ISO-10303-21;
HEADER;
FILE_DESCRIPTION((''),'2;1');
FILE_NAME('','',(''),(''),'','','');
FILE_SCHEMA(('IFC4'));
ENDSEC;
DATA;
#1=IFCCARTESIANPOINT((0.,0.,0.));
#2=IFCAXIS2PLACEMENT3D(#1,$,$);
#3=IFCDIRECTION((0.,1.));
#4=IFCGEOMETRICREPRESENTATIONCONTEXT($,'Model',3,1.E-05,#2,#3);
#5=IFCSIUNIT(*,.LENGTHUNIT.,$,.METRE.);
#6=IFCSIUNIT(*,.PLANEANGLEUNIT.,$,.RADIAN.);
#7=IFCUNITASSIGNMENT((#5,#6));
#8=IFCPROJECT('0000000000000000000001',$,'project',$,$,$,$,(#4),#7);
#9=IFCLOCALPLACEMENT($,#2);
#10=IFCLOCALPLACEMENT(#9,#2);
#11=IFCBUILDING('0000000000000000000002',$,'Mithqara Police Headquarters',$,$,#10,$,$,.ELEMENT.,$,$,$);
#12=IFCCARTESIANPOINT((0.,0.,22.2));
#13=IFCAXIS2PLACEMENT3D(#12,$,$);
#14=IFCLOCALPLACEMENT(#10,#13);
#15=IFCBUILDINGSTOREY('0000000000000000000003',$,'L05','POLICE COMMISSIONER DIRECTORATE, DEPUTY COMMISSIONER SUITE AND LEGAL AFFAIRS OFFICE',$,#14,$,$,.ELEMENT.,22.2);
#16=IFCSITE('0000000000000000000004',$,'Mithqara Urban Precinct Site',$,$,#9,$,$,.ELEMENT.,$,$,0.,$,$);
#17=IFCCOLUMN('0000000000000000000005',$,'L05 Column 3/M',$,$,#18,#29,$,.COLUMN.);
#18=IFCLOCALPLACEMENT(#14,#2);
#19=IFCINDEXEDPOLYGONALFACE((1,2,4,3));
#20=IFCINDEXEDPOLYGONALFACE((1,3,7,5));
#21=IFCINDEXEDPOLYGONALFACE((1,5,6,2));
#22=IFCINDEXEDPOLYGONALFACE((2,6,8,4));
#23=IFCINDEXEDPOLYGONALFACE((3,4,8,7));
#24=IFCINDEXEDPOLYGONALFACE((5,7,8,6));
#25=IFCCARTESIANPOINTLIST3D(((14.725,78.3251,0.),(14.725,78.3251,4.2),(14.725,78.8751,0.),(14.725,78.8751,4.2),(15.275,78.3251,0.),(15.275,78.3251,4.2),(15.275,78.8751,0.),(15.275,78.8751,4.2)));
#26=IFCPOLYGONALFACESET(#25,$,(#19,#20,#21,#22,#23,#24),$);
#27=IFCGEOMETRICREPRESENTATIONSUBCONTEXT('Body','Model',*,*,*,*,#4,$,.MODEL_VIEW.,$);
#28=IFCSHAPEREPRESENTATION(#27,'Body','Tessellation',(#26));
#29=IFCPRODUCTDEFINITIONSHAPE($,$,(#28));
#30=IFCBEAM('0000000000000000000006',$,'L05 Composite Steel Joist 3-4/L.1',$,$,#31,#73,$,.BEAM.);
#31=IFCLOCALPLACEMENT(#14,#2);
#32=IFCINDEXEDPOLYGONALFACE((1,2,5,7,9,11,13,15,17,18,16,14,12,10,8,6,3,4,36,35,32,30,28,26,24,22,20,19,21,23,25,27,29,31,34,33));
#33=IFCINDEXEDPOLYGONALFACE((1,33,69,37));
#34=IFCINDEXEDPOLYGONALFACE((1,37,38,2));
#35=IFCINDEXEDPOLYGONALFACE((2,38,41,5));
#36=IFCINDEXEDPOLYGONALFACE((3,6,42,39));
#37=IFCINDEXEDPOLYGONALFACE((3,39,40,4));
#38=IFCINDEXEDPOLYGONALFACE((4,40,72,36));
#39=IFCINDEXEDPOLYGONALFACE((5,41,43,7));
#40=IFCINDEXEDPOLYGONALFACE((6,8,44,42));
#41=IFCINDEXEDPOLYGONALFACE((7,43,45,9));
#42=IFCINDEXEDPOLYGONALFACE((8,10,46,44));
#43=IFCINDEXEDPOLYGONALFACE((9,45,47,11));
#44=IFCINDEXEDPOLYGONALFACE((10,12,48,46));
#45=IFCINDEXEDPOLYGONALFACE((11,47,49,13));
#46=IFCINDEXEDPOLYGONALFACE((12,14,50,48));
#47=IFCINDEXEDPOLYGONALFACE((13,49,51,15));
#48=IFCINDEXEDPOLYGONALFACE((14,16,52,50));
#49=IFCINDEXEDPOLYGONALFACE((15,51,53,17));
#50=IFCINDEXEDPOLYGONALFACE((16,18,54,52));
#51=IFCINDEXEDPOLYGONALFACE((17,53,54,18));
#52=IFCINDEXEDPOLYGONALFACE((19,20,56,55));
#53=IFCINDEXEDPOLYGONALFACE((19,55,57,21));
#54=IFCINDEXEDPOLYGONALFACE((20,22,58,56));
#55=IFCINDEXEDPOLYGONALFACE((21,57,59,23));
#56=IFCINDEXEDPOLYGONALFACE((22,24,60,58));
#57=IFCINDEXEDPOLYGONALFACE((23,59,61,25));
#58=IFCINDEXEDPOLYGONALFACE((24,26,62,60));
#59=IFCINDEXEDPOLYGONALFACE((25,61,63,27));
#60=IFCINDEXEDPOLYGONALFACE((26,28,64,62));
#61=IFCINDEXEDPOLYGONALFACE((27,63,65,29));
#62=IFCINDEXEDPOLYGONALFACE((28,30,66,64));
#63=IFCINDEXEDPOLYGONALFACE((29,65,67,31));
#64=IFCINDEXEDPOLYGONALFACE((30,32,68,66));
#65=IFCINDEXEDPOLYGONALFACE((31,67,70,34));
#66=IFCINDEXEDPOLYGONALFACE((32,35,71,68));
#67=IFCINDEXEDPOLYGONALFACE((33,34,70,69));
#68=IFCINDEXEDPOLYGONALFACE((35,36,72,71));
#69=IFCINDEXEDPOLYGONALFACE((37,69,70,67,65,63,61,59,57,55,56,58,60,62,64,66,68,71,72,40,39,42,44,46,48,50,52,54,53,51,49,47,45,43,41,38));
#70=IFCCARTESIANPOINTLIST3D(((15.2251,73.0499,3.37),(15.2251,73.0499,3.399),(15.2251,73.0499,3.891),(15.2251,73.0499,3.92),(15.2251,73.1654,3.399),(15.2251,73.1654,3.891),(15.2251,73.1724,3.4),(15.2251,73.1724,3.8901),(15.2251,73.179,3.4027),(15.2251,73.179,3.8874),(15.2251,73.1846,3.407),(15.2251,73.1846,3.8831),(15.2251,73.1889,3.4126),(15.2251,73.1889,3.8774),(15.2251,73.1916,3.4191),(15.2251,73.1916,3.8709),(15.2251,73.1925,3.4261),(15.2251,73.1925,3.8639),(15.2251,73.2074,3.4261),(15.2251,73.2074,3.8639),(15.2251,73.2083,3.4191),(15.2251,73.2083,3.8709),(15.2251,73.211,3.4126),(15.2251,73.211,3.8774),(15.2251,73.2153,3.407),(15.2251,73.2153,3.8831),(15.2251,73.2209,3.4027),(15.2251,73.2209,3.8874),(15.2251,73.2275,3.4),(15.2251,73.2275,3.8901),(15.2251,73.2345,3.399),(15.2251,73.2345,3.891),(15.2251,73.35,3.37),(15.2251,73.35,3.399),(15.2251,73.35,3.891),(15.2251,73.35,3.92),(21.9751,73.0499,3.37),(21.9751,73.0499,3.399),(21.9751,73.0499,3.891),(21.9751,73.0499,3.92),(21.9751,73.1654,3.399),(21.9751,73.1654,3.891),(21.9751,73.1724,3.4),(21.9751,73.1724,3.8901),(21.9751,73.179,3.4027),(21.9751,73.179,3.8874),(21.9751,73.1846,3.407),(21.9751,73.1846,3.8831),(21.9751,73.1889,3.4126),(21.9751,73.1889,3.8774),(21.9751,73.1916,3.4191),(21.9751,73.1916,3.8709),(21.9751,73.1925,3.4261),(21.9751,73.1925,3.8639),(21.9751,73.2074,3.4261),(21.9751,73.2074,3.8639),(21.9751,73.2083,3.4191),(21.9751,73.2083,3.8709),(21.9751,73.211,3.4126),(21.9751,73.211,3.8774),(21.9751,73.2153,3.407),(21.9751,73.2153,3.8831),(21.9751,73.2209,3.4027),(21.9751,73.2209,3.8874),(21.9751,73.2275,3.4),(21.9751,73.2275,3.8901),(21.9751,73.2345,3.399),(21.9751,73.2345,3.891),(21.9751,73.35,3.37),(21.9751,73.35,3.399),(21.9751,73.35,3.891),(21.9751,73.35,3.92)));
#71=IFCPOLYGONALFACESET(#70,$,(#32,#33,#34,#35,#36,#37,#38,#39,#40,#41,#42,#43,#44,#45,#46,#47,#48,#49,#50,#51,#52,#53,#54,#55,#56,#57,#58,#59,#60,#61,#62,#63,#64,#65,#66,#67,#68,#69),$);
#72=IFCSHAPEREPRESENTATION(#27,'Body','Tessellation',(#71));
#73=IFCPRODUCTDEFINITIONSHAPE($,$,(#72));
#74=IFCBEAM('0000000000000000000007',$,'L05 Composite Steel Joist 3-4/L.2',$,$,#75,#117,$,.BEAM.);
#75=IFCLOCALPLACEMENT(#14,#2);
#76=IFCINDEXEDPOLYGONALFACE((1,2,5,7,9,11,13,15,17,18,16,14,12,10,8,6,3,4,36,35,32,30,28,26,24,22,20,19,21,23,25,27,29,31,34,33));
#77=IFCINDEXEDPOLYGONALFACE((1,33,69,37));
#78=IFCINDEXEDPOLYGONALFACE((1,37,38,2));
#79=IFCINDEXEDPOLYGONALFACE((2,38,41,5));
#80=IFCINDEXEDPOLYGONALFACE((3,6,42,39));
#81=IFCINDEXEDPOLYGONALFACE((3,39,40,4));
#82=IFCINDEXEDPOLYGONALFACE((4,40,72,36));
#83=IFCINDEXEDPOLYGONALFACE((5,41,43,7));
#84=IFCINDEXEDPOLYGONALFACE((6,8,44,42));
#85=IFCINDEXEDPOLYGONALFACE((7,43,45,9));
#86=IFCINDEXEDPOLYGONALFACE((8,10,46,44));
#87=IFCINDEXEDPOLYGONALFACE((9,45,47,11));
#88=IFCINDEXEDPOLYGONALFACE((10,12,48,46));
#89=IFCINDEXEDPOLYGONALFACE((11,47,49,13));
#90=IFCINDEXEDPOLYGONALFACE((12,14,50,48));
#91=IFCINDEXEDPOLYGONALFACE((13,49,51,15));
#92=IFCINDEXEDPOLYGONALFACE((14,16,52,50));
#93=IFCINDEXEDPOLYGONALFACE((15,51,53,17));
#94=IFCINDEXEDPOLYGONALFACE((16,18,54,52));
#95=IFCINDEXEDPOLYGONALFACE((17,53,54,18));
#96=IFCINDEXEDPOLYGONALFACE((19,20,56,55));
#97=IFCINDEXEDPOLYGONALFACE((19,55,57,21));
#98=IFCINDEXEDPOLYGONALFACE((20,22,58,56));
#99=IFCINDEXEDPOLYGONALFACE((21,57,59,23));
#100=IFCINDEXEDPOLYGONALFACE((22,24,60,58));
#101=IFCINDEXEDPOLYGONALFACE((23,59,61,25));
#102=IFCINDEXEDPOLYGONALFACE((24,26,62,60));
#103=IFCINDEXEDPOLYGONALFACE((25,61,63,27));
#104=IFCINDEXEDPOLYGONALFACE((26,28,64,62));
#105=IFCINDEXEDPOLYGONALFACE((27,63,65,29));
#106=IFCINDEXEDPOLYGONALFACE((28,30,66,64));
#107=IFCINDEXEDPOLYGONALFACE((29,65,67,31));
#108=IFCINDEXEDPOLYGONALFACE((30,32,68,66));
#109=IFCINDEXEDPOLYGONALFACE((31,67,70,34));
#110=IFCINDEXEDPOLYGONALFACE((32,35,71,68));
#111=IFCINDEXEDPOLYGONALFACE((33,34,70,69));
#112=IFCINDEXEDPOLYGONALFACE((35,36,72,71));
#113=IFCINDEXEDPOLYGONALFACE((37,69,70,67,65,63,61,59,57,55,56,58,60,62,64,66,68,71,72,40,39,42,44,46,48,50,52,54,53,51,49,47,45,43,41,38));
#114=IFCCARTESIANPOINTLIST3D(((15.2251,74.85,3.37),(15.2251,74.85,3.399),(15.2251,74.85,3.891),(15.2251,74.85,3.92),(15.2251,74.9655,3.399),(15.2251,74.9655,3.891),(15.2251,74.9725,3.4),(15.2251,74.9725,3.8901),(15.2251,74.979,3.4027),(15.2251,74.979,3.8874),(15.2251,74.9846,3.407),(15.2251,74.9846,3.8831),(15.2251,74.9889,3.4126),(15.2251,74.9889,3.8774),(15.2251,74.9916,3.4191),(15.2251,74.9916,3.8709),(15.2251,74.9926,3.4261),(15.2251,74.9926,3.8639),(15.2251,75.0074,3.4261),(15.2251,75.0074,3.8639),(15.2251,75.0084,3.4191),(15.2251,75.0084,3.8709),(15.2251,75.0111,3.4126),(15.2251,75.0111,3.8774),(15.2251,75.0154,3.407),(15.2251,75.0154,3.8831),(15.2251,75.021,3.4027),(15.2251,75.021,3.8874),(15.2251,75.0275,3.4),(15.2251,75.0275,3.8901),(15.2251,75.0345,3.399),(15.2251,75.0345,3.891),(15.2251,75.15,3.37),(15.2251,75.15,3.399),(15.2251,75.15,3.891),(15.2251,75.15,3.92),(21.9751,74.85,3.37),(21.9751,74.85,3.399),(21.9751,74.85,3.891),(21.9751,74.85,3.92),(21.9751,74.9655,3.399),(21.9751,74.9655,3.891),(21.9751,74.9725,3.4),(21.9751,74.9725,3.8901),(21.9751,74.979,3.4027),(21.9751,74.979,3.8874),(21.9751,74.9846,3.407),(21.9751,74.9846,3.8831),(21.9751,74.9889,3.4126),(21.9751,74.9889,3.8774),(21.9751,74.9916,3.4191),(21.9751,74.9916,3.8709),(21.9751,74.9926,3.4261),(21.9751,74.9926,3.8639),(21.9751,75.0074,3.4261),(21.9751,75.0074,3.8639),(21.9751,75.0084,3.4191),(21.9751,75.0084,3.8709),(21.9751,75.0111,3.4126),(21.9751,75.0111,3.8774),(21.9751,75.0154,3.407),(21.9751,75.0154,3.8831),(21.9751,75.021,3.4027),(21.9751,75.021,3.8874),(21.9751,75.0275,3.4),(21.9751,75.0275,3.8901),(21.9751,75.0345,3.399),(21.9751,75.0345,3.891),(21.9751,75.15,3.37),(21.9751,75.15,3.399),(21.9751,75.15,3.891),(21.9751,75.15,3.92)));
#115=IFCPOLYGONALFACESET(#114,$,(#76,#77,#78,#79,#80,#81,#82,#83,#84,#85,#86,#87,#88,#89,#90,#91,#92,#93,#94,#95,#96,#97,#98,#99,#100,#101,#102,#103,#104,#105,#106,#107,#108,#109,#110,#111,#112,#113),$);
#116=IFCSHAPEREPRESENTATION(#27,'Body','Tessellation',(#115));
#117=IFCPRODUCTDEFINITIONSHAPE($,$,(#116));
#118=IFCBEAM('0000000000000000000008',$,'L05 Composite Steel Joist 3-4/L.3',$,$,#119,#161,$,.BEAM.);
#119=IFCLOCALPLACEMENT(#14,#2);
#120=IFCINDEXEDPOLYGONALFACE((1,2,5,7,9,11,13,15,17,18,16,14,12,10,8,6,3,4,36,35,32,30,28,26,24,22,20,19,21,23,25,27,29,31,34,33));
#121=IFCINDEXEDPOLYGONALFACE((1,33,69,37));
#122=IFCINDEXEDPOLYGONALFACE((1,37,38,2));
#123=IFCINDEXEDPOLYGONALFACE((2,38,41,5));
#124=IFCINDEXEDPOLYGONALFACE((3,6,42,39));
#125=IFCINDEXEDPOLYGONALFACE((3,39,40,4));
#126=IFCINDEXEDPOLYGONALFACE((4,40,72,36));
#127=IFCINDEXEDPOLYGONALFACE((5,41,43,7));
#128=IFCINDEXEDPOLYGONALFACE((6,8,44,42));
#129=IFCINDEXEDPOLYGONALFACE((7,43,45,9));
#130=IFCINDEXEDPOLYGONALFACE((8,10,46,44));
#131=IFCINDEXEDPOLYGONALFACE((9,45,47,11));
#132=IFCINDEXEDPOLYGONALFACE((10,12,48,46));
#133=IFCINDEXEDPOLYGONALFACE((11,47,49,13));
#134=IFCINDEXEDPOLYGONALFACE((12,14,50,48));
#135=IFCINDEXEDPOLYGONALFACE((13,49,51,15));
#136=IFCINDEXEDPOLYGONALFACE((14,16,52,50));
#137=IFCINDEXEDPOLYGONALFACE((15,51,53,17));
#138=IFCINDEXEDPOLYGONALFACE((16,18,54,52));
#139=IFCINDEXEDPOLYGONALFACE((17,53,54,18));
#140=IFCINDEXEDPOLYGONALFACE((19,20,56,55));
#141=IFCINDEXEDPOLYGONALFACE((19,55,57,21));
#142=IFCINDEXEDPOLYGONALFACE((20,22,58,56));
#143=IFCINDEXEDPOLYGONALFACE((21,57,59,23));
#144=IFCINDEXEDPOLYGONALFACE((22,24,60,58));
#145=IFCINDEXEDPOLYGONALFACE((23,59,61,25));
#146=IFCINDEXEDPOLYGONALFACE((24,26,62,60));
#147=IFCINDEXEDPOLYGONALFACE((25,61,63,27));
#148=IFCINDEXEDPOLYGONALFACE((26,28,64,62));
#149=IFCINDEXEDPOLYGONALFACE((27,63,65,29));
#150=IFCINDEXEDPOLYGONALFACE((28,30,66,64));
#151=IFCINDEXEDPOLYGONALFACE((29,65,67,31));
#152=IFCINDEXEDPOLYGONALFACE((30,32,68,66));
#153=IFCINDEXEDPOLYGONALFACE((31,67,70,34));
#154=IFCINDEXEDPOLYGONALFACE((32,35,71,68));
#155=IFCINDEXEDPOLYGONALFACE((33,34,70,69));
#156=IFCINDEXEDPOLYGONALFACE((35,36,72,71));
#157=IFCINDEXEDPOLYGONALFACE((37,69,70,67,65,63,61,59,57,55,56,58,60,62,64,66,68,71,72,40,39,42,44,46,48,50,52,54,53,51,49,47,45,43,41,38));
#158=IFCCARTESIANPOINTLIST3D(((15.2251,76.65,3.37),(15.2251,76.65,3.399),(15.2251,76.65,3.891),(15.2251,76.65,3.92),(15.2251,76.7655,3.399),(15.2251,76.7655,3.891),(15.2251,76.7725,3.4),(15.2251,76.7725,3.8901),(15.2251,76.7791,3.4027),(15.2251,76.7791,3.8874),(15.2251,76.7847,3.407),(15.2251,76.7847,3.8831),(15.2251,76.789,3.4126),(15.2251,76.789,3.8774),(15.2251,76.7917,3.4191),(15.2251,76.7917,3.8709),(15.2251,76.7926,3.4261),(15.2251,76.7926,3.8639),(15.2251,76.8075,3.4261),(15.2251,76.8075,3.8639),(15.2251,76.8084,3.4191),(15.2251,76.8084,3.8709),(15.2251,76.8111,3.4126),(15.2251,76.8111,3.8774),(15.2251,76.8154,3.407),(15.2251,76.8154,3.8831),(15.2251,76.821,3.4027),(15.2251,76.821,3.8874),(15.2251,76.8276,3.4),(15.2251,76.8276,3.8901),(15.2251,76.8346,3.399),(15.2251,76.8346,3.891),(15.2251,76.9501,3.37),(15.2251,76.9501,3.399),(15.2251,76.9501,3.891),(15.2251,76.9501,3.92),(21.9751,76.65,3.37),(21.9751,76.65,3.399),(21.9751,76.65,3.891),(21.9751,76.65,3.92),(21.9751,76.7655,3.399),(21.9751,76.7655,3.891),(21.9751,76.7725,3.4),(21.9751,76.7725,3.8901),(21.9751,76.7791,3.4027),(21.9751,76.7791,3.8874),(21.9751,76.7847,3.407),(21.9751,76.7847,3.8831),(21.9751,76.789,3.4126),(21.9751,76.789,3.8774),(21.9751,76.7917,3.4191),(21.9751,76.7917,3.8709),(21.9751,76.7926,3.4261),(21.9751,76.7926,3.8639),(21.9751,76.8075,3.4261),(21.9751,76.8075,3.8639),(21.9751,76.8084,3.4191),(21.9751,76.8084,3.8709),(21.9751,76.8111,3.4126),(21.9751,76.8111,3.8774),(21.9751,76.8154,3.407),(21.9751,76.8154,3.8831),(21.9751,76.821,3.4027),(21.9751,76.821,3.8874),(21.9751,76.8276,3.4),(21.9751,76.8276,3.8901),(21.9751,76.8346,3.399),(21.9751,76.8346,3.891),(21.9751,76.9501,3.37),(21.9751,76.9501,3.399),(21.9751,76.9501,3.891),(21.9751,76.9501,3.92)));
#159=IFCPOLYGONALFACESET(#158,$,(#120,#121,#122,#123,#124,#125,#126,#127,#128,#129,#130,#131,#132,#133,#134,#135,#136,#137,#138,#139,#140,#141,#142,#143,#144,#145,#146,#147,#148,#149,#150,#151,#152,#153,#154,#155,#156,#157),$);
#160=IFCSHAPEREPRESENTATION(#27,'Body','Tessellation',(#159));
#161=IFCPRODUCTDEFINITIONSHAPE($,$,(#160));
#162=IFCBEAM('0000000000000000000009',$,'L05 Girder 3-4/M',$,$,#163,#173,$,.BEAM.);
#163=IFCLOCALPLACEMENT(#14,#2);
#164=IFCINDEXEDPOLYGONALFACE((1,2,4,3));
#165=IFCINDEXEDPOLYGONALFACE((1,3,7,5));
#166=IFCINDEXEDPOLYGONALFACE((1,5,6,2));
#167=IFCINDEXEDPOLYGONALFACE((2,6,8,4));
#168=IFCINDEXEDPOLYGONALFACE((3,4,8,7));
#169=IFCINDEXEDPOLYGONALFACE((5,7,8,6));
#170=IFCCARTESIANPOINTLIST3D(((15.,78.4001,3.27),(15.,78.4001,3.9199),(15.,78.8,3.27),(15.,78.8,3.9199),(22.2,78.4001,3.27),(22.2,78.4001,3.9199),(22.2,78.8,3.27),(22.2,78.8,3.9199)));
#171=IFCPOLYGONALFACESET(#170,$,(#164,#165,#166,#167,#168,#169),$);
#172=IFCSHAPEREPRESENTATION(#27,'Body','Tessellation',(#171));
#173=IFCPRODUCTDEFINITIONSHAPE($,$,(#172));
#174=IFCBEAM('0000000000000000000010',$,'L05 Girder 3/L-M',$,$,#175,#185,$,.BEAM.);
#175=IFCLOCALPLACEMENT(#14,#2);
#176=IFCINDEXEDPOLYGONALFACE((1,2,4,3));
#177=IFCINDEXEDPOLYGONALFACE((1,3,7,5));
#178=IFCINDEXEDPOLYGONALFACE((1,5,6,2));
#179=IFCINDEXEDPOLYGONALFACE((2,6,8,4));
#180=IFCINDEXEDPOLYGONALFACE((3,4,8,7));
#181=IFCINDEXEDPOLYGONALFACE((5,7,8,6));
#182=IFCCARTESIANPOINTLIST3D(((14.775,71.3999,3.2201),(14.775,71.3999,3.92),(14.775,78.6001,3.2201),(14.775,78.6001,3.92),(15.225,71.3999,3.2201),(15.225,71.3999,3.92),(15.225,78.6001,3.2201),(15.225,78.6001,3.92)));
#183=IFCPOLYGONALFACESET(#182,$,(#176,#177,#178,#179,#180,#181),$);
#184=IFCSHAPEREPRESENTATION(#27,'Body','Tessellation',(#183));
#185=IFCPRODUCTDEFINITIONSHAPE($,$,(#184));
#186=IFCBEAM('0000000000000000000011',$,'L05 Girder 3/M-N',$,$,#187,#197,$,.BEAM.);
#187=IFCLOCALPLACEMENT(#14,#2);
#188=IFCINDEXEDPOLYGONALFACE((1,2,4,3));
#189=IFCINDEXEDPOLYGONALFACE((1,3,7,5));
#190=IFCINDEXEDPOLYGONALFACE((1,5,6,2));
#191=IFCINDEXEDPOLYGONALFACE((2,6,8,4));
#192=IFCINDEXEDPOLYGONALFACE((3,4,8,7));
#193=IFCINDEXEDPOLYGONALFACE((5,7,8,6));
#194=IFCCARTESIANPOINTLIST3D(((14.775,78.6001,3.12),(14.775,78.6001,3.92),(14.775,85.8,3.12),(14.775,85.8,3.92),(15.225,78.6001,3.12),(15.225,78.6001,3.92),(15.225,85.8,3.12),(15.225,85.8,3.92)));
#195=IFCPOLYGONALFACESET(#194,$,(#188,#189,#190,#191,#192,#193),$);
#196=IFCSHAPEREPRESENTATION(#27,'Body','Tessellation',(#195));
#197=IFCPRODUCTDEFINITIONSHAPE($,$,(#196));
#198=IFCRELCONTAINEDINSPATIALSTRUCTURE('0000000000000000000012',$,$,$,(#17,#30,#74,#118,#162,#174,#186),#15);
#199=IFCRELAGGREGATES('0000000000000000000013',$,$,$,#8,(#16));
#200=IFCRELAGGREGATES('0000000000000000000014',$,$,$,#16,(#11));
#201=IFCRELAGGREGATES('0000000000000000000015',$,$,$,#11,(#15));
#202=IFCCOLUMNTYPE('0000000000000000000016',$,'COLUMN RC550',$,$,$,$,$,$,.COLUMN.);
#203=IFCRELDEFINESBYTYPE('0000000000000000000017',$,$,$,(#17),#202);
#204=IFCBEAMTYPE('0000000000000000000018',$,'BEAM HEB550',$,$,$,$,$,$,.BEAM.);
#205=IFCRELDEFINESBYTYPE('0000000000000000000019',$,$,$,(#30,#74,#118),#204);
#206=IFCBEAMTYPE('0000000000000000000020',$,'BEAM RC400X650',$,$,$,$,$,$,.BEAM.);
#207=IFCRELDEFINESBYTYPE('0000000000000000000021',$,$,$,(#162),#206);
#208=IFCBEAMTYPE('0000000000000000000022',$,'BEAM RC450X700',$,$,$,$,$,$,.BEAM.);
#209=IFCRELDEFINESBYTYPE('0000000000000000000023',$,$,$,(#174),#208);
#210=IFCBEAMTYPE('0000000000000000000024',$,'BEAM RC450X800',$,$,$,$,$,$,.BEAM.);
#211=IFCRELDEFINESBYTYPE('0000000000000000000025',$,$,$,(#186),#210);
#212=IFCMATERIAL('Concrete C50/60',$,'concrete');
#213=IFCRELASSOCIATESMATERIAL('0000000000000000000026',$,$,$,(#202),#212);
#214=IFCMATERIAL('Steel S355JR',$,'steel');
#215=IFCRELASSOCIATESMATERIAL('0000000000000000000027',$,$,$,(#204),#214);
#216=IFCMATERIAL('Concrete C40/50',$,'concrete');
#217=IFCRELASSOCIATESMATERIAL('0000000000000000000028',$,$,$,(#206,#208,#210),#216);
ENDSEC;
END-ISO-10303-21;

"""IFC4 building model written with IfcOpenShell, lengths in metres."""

from ifc_helpers import new_model, si_unit, direction, frame, origin, origin_2d, place, context, subcontext, project, spatial, rectangle, i_section, extrude, material, material_profile, profile_set, type_object, element, save


model = new_model("IFC4")

# Units and contexts
model_context = context("Model", 3, precision=1e-05, world=origin(), true_north=direction((0.0, 1.0)))
body_context = subcontext(model_context, "Body", "Model", "MODEL_VIEW")
ifc_project = project(units=[si_unit("LENGTHUNIT", "METRE"), si_unit("PLANEANGLEUNIT", "RADIAN")], contexts=[model_context])

# Site, building, storey
site_placement = place(None, origin())
site = spatial("IfcSite", under=ifc_project, at=site_placement, Name="Mithqara Urban Precinct Site", CompositionType="ELEMENT", RefElevation=0.0)
building_placement = place(site_placement, origin())
building = spatial("IfcBuilding", under=site, at=building_placement, Name="Mithqara Police Headquarters", CompositionType="ELEMENT")
storey_placement = place(building_placement, frame((0.0, 0.0, 22.2)))
storey = spatial("IfcBuildingStorey", under=building, at=storey_placement, Name="L05", Description="POLICE COMMISSIONER DIRECTORATE, DEPUTY COMMISSIONER SUITE AND LEGAL AFFAIRS OFFICE", CompositionType="ELEMENT", Elevation=22.2)

# Column
ifc_material_1 = material(Name="Concrete C50/60", Category="concrete")
ifc_material_profile_1 = material_profile(ifc_material_1, rectangle(XDim=0.55, YDim=0.55, at=origin_2d()), Name="RC 550x550")
ifc_profile_set_1 = profile_set([ifc_material_profile_1], Name="Concrete C50/60")
column_type = type_object("IfcColumnType", Name="COLUMN RC550", PredefinedType="COLUMN", material=ifc_profile_set_1)
column_placement = place(storey_placement, frame((15.0, 78.6001, 0.0), z_axis=(0.0, 0.0, 1.0), x_axis=(1.0, 0.0, 0.0)))
element("IfcColumn", 1, at=column_placement, inside=storey, type_object=column_type, Name="L05 Column 3/M", PredefinedType="COLUMN", context=body_context, shape_type="SweptSolid", body=[
    extrude(rectangle(XDim=0.55, YDim=0.55, at=origin_2d()), origin(), (0.0, 0.0, 1.0), 4.2),
])

# Beams
ifc_material_2 = material(Name="Steel S355JR", Category="steel")
ifc_material_profile_2 = material_profile(ifc_material_2, i_section(OverallWidth=0.3, OverallDepth=0.55, WebThickness=0.0149, FlangeThickness=0.0291, FilletRadius=0.0271, at=origin_2d()), Name="HEB 550")
ifc_profile_set_2 = profile_set([ifc_material_profile_2], Name="Steel S355JR")
beam_type_1 = type_object("IfcBeamType", Name="BEAM HEB550", PredefinedType="BEAM", material=ifc_profile_set_2)
for number, where, z_axis, x_axis, name in (
    (2, (15.2251, 73.2, 3.645), (1.0, 0.0, 0.0), (0.0, 1.0, 0.0), "L05 Composite Steel Joist 3-4/L.1"),
    (3, (15.2251, 75.0, 3.645), (1.0, 0.0, 0.0), (0.0, 1.0, 0.0), "L05 Composite Steel Joist 3-4/L.2"),
    (4, (15.2251, 76.8, 3.645), (1.0, 0.0, 0.0), (0.0, 1.0, 0.0), "L05 Composite Steel Joist 3-4/L.3"),
):
    element("IfcBeam", number, at=place(storey_placement, frame(where, z_axis=z_axis, x_axis=x_axis)), inside=storey, type_object=beam_type_1, Name=name, PredefinedType="BEAM", context=body_context, shape_type="SweptSolid", body=[
        extrude(i_section(OverallWidth=0.3, OverallDepth=0.55, WebThickness=0.0149, FlangeThickness=0.0291, FilletRadius=0.0271, at=origin_2d()), origin(), (0.0, 0.0, 1.0), 6.75),
    ])
ifc_material_3 = material(Name="Concrete C40/50", Category="concrete")
ifc_material_profile_3 = material_profile(ifc_material_3, rectangle(XDim=0.3999, YDim=0.6499, at=origin_2d()), Name="RC 400x650")
ifc_profile_set_3 = profile_set([ifc_material_profile_3], Name="Concrete C40/50")
beam_type_2 = type_object("IfcBeamType", Name="BEAM RC400X650", PredefinedType="BEAM", material=ifc_profile_set_3)
beam_1_placement = place(storey_placement, frame((15.0, 78.6001, 3.595), z_axis=(1.0, 0.0, 0.0), x_axis=(0.0, 1.0, 0.0)))
element("IfcBeam", 5, at=beam_1_placement, inside=storey, type_object=beam_type_2, Name="L05 Girder 3-4/M", PredefinedType="BEAM", context=body_context, shape_type="SweptSolid", body=[
    extrude(rectangle(XDim=0.3999, YDim=0.6499, at=origin_2d()), origin(), (0.0, 0.0, 1.0), 7.2),
])
ifc_material_profile_4 = material_profile(ifc_material_3, rectangle(XDim=0.45, YDim=0.7, at=origin_2d()), Name="RC 450x700")
ifc_profile_set_4 = profile_set([ifc_material_profile_4], Name="Concrete C40/50")
beam_type_3 = type_object("IfcBeamType", Name="BEAM RC450X700", PredefinedType="BEAM", material=ifc_profile_set_4)
beam_2_placement = place(storey_placement, frame((15.0, 71.3999, 3.5701), z_axis=(0.0, 1.0, 0.0), x_axis=(-1.0, 0.0, 0.0)))
element("IfcBeam", 6, at=beam_2_placement, inside=storey, type_object=beam_type_3, Name="L05 Girder 3/L-M", PredefinedType="BEAM", context=body_context, shape_type="SweptSolid", body=[
    extrude(rectangle(XDim=0.45, YDim=0.7, at=origin_2d()), origin(), (0.0, 0.0, 1.0), 7.2002),
])
ifc_material_profile_5 = material_profile(ifc_material_3, rectangle(XDim=0.45, YDim=0.8, at=origin_2d()), Name="RC 450x800")
ifc_profile_set_5 = profile_set([ifc_material_profile_5], Name="Concrete C40/50")
beam_type_4 = type_object("IfcBeamType", Name="BEAM RC450X800", PredefinedType="BEAM", material=ifc_profile_set_5)
beam_3_placement = place(storey_placement, frame((15.0, 78.6001, 3.52), z_axis=(0.0, 1.0, 0.0), x_axis=(-1.0, 0.0, 0.0)))
element("IfcBeam", 7, at=beam_3_placement, inside=storey, type_object=beam_type_4, Name="L05 Girder 3/M-N", PredefinedType="BEAM", context=body_context, shape_type="SweptSolid", body=[
    extrude(rectangle(XDim=0.45, YDim=0.8, at=origin_2d()), origin(), (0.0, 0.0, 1.0), 7.2),
])

save(model, "model.ifc")
